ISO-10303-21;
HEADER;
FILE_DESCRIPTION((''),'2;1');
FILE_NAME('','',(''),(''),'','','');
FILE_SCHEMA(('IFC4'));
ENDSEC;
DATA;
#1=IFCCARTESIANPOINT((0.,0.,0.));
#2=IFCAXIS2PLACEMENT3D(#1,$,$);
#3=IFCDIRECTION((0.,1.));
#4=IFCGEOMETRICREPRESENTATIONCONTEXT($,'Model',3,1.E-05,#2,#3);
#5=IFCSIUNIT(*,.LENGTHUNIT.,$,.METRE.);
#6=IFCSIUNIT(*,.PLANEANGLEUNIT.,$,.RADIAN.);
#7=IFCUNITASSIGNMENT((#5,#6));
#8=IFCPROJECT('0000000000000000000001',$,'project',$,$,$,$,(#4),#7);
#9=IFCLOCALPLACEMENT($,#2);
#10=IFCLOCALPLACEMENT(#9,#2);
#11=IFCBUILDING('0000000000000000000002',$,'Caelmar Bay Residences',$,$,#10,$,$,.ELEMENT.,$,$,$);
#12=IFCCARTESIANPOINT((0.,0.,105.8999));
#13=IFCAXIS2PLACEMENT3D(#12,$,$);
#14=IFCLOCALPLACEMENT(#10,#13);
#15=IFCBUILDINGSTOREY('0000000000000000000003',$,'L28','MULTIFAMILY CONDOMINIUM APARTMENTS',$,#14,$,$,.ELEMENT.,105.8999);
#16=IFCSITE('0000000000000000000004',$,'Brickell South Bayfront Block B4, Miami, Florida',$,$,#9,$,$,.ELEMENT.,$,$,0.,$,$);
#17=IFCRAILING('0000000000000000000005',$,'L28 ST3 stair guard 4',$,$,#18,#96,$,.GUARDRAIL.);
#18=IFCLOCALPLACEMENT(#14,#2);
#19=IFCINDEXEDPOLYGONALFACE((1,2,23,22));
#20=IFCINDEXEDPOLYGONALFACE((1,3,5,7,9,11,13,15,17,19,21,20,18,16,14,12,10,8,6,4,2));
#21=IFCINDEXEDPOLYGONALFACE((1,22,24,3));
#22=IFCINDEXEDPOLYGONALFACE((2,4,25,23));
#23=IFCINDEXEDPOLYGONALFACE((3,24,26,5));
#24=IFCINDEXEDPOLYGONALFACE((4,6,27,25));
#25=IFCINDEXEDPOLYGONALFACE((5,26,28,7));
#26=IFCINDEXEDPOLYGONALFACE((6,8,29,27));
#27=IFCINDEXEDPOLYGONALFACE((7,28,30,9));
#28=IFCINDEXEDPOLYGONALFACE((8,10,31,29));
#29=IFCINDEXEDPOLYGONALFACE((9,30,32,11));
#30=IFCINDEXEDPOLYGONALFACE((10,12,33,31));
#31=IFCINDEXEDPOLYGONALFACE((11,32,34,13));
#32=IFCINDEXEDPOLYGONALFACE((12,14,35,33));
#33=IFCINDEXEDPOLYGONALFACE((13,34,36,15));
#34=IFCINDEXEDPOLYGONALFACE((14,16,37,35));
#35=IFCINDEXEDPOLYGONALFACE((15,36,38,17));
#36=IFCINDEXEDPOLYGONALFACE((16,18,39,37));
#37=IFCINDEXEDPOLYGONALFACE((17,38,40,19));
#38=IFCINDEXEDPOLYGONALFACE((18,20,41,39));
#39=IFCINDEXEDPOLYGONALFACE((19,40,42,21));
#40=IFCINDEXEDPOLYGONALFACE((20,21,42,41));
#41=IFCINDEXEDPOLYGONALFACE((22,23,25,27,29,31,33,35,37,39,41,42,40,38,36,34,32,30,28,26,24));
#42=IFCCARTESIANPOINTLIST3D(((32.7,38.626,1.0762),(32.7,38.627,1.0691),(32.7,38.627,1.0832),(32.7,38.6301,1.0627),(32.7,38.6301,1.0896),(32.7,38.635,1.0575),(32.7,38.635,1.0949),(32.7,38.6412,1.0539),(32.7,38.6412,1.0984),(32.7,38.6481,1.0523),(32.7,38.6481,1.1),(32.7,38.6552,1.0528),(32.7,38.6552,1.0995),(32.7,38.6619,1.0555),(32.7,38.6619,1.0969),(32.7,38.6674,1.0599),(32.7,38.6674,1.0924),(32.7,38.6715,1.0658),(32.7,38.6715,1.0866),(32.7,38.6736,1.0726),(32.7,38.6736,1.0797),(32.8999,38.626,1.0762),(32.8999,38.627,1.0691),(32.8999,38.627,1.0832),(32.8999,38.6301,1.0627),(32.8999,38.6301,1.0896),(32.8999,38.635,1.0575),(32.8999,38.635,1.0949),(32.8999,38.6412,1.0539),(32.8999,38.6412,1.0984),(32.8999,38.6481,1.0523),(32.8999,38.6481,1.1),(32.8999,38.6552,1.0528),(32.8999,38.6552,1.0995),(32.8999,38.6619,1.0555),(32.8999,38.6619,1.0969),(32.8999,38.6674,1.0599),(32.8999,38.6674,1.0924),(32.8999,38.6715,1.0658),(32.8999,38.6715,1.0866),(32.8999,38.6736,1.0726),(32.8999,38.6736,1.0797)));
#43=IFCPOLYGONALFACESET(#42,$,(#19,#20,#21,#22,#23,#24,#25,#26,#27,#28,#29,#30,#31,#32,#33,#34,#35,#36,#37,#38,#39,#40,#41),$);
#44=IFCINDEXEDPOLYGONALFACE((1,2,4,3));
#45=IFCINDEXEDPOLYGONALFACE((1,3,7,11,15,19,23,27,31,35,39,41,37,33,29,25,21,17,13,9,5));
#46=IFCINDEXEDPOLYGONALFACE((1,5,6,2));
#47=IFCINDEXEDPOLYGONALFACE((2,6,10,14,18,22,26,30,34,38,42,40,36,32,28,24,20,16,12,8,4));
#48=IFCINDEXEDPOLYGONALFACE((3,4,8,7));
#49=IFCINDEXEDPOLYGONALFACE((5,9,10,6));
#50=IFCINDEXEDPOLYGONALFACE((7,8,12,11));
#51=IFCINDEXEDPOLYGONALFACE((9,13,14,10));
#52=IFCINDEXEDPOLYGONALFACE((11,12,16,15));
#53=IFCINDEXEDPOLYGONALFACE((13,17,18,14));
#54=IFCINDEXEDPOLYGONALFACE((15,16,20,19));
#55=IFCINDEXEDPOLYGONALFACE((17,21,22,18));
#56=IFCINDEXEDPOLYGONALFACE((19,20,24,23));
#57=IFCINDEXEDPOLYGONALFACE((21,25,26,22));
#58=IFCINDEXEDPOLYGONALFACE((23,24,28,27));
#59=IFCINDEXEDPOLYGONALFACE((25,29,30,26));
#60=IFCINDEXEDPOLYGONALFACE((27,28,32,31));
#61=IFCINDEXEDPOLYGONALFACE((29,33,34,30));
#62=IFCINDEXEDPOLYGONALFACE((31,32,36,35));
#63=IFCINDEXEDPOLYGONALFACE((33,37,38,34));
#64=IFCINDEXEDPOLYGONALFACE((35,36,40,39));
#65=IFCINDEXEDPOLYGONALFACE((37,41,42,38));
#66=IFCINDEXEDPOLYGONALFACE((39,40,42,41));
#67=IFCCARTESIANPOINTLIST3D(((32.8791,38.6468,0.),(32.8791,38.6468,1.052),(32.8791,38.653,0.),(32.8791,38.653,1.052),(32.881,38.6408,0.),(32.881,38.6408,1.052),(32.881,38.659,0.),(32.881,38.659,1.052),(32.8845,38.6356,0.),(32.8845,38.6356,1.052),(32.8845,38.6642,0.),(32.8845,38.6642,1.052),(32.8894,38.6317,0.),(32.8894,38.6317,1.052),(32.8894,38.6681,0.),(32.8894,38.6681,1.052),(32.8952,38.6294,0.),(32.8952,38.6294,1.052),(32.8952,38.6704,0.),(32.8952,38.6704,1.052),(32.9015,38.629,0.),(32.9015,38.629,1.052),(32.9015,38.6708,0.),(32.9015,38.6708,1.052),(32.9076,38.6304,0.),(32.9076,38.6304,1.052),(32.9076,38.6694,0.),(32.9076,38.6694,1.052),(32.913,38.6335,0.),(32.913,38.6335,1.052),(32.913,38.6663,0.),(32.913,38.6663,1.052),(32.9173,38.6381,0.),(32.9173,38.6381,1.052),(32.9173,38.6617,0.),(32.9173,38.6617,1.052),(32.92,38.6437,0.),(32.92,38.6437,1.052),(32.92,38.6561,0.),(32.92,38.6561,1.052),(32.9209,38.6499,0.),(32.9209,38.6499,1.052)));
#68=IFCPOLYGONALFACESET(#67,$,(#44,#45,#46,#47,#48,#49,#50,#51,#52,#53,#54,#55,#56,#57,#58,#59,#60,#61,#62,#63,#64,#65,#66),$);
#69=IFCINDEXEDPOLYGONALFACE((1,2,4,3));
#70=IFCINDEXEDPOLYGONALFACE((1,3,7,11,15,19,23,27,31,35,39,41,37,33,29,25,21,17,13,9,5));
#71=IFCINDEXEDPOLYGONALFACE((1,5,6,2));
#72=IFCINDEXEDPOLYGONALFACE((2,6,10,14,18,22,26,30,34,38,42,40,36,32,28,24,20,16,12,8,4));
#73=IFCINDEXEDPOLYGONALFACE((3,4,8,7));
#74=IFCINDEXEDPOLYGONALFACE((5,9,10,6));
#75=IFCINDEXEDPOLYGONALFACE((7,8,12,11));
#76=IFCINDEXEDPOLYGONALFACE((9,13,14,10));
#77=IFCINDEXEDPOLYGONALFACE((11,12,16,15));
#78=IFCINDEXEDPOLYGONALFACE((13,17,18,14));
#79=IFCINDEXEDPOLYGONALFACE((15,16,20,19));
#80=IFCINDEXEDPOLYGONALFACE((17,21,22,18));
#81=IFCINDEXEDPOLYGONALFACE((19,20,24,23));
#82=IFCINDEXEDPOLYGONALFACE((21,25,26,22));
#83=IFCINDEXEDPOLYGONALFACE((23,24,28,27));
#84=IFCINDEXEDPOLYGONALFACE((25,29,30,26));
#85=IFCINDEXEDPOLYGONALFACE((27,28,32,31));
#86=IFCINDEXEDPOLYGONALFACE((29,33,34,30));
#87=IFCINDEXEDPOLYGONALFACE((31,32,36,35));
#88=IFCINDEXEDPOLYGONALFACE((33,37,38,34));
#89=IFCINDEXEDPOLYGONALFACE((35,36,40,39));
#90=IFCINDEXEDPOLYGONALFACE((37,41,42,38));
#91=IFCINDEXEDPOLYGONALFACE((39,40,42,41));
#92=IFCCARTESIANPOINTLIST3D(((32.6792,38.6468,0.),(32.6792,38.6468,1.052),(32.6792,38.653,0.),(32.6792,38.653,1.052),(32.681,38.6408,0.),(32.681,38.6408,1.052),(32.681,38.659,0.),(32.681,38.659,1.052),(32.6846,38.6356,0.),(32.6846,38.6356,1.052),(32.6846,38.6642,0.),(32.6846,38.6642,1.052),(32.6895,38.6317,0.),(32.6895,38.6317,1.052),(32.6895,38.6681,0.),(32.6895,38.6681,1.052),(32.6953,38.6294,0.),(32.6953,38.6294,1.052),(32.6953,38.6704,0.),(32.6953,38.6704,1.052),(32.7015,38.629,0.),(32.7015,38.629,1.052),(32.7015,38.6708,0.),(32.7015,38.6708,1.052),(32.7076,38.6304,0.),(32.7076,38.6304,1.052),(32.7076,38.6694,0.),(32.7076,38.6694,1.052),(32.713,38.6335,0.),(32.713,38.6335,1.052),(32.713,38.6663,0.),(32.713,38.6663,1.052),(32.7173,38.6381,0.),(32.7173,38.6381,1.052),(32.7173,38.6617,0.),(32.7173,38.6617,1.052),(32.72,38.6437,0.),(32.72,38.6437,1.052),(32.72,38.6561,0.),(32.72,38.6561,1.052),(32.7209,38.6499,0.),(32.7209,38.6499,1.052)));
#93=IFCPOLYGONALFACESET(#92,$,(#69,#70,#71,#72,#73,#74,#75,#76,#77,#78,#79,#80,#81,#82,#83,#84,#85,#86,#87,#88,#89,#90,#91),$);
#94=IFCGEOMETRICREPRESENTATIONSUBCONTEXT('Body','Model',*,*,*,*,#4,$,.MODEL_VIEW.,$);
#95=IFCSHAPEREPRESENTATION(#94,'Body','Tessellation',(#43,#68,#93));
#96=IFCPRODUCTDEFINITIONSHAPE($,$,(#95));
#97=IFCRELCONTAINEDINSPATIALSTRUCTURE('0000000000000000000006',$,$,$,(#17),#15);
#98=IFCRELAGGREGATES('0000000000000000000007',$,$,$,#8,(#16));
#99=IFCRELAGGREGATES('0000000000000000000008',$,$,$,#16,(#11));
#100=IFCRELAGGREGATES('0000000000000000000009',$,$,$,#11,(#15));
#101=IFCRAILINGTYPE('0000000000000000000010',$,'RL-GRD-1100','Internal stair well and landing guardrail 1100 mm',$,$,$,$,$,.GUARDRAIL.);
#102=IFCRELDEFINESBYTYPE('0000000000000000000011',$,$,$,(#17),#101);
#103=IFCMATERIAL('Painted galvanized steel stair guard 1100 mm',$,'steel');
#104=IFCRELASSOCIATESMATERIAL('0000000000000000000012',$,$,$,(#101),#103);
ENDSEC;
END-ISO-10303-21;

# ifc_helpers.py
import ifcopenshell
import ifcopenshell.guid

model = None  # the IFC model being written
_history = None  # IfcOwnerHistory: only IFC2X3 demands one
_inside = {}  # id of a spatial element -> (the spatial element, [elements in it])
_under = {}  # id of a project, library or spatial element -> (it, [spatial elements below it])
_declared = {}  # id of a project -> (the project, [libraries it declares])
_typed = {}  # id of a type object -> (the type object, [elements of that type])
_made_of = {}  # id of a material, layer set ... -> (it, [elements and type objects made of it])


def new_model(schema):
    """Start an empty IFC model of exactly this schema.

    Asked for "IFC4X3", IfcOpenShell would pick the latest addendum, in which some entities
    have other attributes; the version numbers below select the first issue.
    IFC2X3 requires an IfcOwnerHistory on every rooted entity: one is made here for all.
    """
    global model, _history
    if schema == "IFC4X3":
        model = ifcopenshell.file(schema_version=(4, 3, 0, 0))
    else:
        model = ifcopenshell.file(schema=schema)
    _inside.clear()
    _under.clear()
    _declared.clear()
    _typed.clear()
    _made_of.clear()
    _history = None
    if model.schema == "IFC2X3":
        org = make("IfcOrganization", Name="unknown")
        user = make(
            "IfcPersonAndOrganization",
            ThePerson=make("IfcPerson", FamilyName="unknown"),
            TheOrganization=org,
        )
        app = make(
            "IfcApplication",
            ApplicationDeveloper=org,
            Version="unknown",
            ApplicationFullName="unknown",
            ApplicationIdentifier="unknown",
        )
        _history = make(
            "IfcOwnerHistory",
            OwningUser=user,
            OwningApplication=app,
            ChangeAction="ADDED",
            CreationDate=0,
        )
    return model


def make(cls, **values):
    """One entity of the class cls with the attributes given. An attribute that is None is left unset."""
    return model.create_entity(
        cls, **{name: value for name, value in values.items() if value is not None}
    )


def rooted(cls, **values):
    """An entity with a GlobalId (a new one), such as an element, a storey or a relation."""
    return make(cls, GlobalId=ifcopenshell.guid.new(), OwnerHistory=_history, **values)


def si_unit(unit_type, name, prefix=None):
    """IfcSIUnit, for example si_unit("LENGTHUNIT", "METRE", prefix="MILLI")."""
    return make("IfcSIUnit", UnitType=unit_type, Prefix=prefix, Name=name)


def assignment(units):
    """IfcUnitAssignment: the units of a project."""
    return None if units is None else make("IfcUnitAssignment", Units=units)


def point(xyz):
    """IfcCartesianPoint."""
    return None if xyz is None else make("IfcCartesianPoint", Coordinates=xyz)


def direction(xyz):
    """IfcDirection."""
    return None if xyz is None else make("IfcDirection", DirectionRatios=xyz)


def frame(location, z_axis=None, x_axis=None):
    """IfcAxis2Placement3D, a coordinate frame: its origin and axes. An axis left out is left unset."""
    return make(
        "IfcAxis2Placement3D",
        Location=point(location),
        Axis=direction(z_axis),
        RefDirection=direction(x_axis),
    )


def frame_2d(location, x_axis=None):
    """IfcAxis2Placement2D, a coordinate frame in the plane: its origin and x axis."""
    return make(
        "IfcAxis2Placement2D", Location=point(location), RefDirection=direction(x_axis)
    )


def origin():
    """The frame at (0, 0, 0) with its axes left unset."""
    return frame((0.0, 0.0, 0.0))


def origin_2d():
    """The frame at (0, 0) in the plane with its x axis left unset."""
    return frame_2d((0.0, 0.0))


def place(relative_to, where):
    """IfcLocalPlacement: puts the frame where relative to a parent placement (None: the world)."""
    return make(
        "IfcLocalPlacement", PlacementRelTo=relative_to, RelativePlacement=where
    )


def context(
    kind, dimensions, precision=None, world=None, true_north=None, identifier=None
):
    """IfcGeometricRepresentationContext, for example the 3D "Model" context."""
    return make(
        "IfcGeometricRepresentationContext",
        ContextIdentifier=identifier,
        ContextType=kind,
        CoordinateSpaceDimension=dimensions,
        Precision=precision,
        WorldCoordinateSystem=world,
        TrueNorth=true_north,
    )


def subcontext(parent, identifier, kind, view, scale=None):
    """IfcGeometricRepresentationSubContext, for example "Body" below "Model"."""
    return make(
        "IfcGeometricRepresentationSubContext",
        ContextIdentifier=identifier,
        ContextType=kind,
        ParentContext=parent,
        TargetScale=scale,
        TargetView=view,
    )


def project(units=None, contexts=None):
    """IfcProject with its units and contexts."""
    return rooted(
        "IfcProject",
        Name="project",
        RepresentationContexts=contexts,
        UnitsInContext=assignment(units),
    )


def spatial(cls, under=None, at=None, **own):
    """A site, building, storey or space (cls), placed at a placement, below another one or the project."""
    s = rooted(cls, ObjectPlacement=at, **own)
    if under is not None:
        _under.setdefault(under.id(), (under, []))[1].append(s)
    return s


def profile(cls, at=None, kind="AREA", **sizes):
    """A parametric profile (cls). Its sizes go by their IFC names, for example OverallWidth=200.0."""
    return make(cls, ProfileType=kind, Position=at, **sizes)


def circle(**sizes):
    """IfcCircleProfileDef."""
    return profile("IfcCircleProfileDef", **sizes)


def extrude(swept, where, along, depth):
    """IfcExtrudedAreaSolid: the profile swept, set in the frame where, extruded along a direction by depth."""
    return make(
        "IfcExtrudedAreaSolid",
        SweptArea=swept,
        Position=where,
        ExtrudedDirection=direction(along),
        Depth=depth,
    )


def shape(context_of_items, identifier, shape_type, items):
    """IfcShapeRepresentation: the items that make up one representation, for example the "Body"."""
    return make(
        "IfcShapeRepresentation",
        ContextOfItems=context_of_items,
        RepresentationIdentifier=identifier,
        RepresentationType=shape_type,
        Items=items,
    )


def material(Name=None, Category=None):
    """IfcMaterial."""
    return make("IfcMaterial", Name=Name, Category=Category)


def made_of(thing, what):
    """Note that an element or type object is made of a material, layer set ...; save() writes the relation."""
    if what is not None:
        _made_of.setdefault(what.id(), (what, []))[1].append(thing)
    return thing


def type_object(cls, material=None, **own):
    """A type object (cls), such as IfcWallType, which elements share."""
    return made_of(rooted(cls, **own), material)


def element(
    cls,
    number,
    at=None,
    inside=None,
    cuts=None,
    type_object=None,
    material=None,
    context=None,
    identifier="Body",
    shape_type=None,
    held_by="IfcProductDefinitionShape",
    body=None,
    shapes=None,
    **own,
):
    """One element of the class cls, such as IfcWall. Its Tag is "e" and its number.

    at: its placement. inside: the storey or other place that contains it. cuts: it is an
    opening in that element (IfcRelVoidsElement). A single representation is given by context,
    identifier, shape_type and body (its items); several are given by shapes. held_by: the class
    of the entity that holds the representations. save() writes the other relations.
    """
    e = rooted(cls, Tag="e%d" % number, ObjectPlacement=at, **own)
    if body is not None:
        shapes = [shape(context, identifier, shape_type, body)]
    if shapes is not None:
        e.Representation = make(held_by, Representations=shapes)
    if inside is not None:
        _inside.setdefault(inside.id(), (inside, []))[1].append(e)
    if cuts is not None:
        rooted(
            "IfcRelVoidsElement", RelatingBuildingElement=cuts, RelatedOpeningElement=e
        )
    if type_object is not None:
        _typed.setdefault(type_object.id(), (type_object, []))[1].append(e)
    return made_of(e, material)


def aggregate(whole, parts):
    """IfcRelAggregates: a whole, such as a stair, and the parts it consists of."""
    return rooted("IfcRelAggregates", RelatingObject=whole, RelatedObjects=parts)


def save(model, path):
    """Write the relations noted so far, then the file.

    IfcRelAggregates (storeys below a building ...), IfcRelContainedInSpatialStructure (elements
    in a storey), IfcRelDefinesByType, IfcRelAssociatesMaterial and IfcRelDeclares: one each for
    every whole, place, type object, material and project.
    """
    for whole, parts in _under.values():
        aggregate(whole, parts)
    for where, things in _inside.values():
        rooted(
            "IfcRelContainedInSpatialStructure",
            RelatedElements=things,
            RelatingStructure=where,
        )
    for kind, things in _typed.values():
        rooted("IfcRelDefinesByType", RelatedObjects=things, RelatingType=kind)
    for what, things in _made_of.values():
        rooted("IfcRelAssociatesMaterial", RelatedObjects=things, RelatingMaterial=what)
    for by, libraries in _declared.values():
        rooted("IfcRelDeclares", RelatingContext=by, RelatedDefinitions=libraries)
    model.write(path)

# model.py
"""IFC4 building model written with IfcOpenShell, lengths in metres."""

from ifc_helpers import new_model, si_unit, direction, frame, origin, origin_2d, place, context, subcontext, project, spatial, circle, extrude, material, type_object, element, save


model = new_model("IFC4")

# Units and contexts
model_context = context("Model", 3, precision=1e-05, world=origin(), true_north=direction((0.0, 1.0)))
body_context = subcontext(model_context, "Body", "Model", "MODEL_VIEW")
ifc_project = project(units=[si_unit("LENGTHUNIT", "METRE"), si_unit("PLANEANGLEUNIT", "RADIAN")], contexts=[model_context])

# Site, building, storey
site_placement = place(None, origin())
site = spatial("IfcSite", under=ifc_project, at=site_placement, Name="Brickell South Bayfront Block B4, Miami, Florida", CompositionType="ELEMENT", RefElevation=0.0)
building_placement = place(site_placement, origin())
building = spatial("IfcBuilding", under=site, at=building_placement, Name="Caelmar Bay Residences", CompositionType="ELEMENT")
storey_placement = place(building_placement, frame((0.0, 0.0, 105.8999)))
storey = spatial("IfcBuildingStorey", under=building, at=storey_placement, Name="L28", Description="MULTIFAMILY CONDOMINIUM APARTMENTS", CompositionType="ELEMENT", Elevation=105.8999)

# Railing
ifc_material_1 = material(Name="Painted galvanized steel stair guard 1100 mm", Category="steel")
railing_type_1 = type_object("IfcRailingType", Name="RL-GRD-1100", Description="Internal stair well and landing guardrail 1100 mm", PredefinedType="GUARDRAIL", material=ifc_material_1)
railing_1_placement = place(storey_placement, frame((32.8999, 38.6499, 0.0)))
element("IfcRailing", 1, at=railing_1_placement, inside=storey, type_object=railing_type_1, Name="L28 ST3 stair guard 4", PredefinedType="GUARDRAIL", context=body_context, shape_type="SweptSolid", body=[
    extrude(circle(Radius=0.0239, at=origin_2d()), frame((0.0, 0.0, 1.0762), z_axis=(-1.0, 0.0, 0.0), x_axis=(0.0, -1.0, 0.0)), (0.0, 0.0, 1.0), 0.2),
    extrude(circle(Radius=0.021, at=origin_2d()), origin(), (0.0, 0.0, 1.0), 1.052),
    extrude(circle(Radius=0.021, at=origin_2d()), frame((-0.2, 0.0, 0.0)), (0.0, 0.0, 1.0), 1.052),
])

save(model, "model.ifc")
